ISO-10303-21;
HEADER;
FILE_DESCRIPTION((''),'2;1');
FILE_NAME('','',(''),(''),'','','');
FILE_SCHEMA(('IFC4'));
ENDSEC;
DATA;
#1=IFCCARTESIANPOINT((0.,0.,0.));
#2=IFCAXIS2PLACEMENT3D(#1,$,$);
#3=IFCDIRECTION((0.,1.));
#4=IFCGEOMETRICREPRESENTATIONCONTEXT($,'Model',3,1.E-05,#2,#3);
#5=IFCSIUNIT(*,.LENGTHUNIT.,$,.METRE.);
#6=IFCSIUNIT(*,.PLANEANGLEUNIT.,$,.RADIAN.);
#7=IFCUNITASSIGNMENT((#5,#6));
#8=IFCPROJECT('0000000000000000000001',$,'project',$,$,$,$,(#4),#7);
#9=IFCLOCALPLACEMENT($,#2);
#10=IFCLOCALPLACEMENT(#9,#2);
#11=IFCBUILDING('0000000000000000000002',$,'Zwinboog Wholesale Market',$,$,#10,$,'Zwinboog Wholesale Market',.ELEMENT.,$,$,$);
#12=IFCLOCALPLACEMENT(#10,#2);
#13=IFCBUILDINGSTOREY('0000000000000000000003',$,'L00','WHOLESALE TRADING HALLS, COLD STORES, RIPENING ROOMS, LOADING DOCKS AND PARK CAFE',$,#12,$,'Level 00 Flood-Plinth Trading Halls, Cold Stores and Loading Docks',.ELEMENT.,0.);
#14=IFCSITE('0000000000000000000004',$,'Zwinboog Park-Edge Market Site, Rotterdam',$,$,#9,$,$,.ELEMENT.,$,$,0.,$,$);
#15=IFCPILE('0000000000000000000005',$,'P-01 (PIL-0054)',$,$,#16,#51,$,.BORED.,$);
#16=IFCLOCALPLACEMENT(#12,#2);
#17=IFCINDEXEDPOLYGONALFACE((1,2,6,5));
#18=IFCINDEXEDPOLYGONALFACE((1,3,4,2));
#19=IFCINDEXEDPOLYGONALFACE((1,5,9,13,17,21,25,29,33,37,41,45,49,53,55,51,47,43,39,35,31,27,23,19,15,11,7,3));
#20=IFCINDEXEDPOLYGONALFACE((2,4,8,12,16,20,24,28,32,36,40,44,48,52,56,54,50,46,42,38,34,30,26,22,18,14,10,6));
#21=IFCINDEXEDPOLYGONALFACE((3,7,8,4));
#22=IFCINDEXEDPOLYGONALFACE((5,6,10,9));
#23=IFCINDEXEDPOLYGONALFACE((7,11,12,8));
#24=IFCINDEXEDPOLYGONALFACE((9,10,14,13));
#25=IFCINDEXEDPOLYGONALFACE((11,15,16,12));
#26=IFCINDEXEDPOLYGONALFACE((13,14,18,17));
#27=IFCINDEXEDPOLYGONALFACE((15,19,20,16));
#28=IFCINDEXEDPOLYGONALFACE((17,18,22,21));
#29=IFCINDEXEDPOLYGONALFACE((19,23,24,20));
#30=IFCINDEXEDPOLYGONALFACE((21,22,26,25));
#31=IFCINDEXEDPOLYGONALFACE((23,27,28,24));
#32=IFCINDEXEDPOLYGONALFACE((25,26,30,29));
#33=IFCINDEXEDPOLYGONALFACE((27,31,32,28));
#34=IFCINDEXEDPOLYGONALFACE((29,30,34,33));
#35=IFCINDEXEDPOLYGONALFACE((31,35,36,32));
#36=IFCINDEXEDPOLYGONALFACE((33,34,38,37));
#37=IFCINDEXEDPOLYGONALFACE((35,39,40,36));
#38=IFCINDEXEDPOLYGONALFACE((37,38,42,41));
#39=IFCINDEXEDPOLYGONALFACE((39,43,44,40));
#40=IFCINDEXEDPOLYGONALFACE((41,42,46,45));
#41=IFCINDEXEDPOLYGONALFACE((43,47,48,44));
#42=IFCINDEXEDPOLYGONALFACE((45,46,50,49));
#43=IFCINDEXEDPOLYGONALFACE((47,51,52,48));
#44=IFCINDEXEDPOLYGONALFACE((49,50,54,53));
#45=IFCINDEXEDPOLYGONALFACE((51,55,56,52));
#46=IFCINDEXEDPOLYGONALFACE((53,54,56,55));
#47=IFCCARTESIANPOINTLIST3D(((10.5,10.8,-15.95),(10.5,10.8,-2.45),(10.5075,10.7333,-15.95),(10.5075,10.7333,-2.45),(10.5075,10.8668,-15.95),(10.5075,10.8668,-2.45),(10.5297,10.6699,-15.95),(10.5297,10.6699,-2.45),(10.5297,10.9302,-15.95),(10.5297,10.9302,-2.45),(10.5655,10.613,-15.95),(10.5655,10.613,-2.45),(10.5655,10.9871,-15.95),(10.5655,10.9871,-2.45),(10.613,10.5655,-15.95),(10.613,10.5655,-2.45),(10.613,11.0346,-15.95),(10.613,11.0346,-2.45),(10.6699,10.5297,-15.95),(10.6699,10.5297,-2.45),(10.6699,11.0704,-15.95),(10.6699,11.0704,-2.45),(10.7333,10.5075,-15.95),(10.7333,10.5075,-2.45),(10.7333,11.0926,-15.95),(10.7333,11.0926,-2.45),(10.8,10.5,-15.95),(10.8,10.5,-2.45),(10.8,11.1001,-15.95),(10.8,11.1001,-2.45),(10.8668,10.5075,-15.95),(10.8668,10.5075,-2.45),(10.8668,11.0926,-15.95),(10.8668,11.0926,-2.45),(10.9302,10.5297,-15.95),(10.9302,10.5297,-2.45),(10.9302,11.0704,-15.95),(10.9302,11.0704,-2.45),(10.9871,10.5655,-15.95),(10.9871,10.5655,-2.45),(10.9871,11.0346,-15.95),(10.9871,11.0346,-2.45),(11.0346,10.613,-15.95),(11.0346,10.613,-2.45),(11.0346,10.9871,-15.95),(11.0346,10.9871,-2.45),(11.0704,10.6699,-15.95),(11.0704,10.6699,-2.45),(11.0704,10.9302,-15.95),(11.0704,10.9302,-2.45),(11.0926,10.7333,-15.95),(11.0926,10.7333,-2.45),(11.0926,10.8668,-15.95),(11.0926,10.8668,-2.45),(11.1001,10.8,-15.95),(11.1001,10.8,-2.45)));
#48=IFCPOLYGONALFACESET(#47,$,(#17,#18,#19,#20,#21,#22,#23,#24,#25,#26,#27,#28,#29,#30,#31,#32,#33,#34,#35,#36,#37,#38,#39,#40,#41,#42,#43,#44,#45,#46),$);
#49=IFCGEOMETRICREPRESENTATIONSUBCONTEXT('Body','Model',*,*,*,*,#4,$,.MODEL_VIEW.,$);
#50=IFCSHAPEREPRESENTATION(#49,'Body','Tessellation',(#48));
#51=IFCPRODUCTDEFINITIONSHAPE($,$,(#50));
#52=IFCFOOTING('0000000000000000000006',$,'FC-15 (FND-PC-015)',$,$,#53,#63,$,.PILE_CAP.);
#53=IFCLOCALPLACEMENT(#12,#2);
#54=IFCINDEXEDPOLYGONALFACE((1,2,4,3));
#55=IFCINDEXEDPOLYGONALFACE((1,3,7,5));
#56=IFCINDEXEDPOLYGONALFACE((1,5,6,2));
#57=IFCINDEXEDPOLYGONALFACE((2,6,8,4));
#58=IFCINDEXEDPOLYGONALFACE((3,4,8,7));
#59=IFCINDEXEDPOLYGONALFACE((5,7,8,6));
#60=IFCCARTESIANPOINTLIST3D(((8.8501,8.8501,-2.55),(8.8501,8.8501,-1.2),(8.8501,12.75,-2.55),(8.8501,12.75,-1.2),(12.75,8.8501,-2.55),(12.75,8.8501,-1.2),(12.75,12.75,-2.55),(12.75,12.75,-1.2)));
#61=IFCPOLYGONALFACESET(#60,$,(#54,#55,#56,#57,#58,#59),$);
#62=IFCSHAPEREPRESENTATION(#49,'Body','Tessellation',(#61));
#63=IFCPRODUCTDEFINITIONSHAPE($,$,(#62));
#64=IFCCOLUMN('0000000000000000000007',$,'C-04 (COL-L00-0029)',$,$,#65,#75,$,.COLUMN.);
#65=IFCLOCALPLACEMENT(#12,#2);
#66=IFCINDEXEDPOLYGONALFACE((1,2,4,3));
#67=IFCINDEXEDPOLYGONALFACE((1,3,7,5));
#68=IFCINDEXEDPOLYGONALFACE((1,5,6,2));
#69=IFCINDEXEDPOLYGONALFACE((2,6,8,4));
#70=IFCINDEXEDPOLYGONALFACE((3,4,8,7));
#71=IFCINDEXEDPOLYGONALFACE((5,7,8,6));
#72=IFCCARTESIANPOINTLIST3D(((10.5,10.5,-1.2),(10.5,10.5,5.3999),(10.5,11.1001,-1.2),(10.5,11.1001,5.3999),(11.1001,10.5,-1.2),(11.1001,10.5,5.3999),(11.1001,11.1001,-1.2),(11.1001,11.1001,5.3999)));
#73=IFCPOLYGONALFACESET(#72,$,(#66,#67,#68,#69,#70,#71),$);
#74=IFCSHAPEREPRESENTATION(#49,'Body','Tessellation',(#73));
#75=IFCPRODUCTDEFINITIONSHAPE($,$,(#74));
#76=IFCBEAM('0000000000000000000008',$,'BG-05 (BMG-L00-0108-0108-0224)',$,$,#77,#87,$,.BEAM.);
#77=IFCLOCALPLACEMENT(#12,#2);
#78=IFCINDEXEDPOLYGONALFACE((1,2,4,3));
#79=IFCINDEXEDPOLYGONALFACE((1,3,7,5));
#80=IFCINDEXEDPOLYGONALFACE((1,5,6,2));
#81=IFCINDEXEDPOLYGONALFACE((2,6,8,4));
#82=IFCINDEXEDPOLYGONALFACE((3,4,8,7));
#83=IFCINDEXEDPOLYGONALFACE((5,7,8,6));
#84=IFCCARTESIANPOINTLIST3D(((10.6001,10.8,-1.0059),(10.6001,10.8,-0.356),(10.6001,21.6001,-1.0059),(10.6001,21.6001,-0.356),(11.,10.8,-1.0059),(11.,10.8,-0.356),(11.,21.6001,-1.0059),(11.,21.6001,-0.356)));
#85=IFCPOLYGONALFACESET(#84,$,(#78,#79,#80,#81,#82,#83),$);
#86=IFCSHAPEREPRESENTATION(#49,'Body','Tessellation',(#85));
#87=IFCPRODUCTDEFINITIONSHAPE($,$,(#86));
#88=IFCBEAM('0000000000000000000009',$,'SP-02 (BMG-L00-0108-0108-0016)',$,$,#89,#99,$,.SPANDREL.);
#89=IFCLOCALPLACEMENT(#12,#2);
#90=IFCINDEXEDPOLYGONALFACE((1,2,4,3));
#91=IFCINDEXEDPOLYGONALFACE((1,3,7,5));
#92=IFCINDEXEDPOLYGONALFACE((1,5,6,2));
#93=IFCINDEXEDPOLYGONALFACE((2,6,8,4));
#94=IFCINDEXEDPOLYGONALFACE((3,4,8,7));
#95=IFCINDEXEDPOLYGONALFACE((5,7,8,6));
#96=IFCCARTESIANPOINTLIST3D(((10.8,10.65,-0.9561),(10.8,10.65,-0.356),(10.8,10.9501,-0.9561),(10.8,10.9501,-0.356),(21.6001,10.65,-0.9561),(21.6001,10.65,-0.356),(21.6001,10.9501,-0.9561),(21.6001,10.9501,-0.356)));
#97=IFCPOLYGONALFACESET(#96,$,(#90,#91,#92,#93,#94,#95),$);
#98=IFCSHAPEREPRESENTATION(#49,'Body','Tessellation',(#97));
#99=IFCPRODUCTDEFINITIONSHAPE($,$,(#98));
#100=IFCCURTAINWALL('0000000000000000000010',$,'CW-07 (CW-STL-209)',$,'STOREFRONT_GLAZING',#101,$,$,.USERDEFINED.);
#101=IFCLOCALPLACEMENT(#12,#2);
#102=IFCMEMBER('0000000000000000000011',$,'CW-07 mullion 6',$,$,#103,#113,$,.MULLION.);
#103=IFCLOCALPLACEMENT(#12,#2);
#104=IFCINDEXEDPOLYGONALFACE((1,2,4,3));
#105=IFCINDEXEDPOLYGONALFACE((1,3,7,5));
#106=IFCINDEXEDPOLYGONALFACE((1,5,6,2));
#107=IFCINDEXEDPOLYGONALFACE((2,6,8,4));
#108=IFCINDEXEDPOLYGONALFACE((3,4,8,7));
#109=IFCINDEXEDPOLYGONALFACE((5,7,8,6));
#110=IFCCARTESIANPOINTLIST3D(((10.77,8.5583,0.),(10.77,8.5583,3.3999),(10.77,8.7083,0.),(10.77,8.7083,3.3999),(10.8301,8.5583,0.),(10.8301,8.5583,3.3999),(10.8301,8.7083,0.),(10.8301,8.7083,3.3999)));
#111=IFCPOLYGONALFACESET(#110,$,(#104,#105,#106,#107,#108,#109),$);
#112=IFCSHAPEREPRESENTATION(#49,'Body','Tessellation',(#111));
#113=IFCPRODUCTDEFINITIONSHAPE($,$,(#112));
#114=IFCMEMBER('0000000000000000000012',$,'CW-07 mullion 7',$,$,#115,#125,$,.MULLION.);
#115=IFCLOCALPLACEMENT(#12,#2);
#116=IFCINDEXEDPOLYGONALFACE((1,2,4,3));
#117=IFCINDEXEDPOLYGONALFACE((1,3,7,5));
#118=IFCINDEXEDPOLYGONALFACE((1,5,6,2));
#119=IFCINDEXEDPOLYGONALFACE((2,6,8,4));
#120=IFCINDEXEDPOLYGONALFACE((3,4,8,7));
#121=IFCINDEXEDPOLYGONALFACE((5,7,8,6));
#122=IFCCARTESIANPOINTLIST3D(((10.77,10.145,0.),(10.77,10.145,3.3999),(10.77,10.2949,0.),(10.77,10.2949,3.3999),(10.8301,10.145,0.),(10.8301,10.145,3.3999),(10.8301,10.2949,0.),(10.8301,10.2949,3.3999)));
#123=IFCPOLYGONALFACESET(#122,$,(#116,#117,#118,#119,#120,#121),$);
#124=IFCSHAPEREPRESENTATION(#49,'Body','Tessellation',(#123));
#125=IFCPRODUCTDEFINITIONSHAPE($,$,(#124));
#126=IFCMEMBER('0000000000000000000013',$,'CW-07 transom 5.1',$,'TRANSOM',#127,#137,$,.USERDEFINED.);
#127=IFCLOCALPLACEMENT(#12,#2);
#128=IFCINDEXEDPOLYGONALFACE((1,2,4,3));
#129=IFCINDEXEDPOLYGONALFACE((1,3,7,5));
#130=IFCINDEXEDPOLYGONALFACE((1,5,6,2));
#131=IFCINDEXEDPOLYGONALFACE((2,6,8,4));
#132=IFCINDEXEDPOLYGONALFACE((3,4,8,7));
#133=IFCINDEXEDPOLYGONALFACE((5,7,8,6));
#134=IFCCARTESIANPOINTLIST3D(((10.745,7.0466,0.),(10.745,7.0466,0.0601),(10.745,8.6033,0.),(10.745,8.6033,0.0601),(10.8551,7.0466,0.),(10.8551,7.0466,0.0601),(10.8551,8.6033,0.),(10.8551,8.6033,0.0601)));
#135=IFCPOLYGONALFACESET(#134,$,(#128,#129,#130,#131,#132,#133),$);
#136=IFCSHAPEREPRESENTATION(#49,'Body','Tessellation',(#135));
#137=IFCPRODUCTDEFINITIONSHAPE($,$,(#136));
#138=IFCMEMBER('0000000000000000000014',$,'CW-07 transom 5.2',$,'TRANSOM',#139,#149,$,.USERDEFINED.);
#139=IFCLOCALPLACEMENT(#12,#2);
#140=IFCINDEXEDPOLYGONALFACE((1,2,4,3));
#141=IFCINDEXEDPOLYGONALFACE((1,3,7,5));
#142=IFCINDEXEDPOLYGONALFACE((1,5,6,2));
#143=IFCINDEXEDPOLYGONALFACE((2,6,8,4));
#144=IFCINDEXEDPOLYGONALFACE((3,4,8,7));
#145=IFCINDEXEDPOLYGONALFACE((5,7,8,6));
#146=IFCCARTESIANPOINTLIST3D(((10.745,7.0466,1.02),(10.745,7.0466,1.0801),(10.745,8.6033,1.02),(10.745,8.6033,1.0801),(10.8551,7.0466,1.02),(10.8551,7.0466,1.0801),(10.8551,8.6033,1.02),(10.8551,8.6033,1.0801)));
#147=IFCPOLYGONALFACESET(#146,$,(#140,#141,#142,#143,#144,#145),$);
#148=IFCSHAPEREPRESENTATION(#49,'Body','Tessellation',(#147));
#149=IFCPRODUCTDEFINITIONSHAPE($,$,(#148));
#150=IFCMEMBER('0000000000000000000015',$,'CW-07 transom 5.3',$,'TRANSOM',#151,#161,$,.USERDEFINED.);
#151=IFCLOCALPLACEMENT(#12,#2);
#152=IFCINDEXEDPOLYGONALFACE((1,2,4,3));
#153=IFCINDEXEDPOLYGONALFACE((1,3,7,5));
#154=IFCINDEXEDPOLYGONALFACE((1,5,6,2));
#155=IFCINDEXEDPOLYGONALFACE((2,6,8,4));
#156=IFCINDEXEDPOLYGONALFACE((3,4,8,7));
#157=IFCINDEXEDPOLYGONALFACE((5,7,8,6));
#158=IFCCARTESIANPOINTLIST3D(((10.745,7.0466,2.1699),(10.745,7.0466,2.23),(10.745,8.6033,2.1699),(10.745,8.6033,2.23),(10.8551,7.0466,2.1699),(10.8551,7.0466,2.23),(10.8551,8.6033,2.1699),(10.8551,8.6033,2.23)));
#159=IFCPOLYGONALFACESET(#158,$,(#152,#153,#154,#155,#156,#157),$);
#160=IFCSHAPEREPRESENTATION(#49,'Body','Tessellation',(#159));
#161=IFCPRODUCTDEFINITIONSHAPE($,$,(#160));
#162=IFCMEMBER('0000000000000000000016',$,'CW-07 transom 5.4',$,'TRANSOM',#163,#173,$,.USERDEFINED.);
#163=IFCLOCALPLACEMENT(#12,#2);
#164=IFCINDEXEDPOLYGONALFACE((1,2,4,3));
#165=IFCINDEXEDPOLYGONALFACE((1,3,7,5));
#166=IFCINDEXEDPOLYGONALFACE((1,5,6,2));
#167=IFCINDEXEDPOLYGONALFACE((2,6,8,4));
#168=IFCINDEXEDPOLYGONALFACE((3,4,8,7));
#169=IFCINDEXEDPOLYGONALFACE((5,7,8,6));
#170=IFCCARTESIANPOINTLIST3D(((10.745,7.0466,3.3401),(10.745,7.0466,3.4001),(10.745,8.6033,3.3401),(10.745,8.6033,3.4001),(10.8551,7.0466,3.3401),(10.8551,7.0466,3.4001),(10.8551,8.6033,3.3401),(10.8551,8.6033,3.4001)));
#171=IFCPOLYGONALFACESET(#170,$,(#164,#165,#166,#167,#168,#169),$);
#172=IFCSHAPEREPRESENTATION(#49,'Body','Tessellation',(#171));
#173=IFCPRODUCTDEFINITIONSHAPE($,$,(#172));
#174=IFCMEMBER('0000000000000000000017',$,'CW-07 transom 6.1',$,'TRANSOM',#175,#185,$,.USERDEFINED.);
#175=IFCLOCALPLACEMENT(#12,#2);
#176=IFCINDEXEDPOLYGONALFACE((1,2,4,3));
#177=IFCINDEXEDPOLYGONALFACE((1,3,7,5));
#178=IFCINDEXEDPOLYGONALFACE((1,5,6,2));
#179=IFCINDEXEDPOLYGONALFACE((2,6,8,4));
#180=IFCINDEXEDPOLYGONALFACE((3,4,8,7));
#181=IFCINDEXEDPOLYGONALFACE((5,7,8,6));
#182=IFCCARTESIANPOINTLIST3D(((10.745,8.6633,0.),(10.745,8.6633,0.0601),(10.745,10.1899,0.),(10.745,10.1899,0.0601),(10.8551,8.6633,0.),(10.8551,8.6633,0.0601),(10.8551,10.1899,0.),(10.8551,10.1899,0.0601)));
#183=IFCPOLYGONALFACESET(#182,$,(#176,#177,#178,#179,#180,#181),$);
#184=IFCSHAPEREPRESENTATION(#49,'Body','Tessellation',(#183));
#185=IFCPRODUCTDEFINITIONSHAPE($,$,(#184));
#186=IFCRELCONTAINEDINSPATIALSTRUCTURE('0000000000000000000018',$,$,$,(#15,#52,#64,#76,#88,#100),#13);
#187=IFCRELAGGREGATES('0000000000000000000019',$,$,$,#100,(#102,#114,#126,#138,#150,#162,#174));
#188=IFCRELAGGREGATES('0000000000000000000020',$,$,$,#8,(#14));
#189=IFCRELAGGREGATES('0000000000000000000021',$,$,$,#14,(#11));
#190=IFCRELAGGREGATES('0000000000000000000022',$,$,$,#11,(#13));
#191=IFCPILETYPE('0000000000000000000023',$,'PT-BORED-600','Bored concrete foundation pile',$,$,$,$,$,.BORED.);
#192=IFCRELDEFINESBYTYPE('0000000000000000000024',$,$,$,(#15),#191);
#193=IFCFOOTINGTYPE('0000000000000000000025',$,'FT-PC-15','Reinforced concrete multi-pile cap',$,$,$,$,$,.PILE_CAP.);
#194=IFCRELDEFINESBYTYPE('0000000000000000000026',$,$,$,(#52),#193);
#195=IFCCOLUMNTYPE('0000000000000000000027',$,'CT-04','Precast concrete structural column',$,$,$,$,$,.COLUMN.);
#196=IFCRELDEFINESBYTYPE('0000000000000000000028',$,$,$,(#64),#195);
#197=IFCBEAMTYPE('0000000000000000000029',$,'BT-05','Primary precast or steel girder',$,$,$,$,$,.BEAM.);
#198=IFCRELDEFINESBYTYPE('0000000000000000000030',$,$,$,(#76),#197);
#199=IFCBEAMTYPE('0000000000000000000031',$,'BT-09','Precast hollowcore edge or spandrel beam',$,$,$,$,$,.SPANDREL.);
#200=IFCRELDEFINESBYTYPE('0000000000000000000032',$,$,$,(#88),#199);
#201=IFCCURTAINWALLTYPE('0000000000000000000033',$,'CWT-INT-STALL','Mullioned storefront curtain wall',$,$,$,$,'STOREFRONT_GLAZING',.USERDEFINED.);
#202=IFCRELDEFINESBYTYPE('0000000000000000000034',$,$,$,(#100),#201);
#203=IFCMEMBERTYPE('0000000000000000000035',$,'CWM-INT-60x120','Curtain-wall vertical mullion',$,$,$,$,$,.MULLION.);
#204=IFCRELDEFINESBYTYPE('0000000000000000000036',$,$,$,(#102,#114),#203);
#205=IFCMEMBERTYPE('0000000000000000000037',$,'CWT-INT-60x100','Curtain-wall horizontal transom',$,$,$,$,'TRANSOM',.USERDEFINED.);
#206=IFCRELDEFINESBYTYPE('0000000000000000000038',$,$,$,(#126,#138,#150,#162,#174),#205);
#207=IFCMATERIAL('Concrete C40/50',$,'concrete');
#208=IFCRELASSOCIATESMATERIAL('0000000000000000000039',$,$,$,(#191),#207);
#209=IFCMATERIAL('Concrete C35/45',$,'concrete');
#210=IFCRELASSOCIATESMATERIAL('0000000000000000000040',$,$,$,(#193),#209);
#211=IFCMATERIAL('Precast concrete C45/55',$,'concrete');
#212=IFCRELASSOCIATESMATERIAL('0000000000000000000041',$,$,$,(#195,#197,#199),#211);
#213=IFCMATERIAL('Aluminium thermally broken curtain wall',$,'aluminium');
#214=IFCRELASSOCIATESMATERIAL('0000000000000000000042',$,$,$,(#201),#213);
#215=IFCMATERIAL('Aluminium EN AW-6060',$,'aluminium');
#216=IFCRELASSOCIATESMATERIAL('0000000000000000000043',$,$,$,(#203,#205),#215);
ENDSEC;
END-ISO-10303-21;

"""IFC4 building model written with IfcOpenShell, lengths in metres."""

from ifc_helpers import new_model, si_unit, direction, frame, origin, origin_2d, place, context, subcontext, project, spatial, rectangle, circle, extrude, material, material_profile, profile_set, type_object, element, aggregate, save


model = new_model("IFC4")

# Units and contexts
model_context = context("Model", 3, precision=1e-05, world=origin(), true_north=direction((0.0, 1.0)))
body_context = subcontext(model_context, "Body", "Model", "MODEL_VIEW")
ifc_project = project(units=[si_unit("LENGTHUNIT", "METRE"), si_unit("PLANEANGLEUNIT", "RADIAN")], contexts=[model_context])

# Site, building, storey
site_placement = place(None, origin())
site = spatial("IfcSite", under=ifc_project, at=site_placement, Name="Zwinboog Park-Edge Market Site, Rotterdam", CompositionType="ELEMENT", RefElevation=0.0)
building_placement = place(site_placement, origin())
building = spatial("IfcBuilding", under=site, at=building_placement, Name="Zwinboog Wholesale Market", LongName="Zwinboog Wholesale Market", CompositionType="ELEMENT")
storey_placement = place(building_placement, origin())
storey = spatial("IfcBuildingStorey", under=building, at=storey_placement, Name="L00", Description="WHOLESALE TRADING HALLS, COLD STORES, RIPENING ROOMS, LOADING DOCKS AND PARK CAFE", LongName="Level 00 Flood-Plinth Trading Halls, Cold Stores and Loading Docks", CompositionType="ELEMENT", Elevation=0.0)

# Pile
ifc_material_1 = material(Name="Concrete C40/50", Category="concrete")
ifc_material_profile_1 = material_profile(ifc_material_1, circle(Radius=0.3, at=origin_2d()), Name="PILE D600")
ifc_profile_set_1 = profile_set([ifc_material_profile_1], Name="Concrete C40/50")
pile_type = type_object("IfcPileType", Name="PT-BORED-600", Description="Bored concrete foundation pile", PredefinedType="BORED", material=ifc_profile_set_1)
pile_placement = place(storey_placement, frame((10.8, 10.8, -2.45), z_axis=(0.0, 0.0, -1.0), x_axis=(1.0, 0.0, 0.0)))
element("IfcPile", 1, at=pile_placement, inside=storey, type_object=pile_type, Name="P-01 (PIL-0054)", PredefinedType="BORED", context=body_context, shape_type="SweptSolid", body=[
    extrude(circle(Radius=0.3, at=origin_2d()), origin(), (0.0, 0.0, 1.0), 13.5),
])

# Footing
ifc_material_2 = material(Name="Concrete C35/45", Category="concrete")
footing_type = type_object("IfcFootingType", Name="FT-PC-15", Description="Reinforced concrete multi-pile cap", PredefinedType="PILE_CAP", material=ifc_material_2)
footing_placement = place(storey_placement, frame((10.8, 10.8, -2.55), z_axis=(0.0, 0.0, 1.0), x_axis=(1.0, 0.0, 0.0)))
element("IfcFooting", 2, at=footing_placement, inside=storey, type_object=footing_type, Name="FC-15 (FND-PC-015)", PredefinedType="PILE_CAP", context=body_context, shape_type="SweptSolid", body=[
    extrude(rectangle(XDim=3.8999, YDim=3.8999, at=origin_2d()), origin(), (0.0, 0.0, 1.0), 1.3501),
])

# Column
ifc_material_3 = material(Name="Precast concrete C45/55", Category="concrete")
ifc_material_profile_2 = material_profile(ifc_material_3, rectangle(XDim=0.6001, YDim=0.6001, at=origin_2d()), Name="PC 600x600")
ifc_profile_set_2 = profile_set([ifc_material_profile_2], Name="Precast concrete C45/55")
column_type = type_object("IfcColumnType", Name="CT-04", Description="Precast concrete structural column", PredefinedType="COLUMN", material=ifc_profile_set_2)
column_placement = place(storey_placement, frame((10.8, 10.8, -1.2), z_axis=(0.0, 0.0, 1.0), x_axis=(1.0, 0.0, 0.0)))
element("IfcColumn", 3, at=column_placement, inside=storey, type_object=column_type, Name="C-04 (COL-L00-0029)", PredefinedType="COLUMN", context=body_context, shape_type="SweptSolid", body=[
    extrude(rectangle(XDim=0.6001, YDim=0.6001, at=origin_2d()), origin(), (0.0, 0.0, 1.0), 6.5999),
])

# Beams
ifc_material_profile_3 = material_profile(ifc_material_3, rectangle(XDim=0.3999, YDim=0.6499, at=origin_2d()), Name="PC 400x650")
ifc_profile_set_3 = profile_set([ifc_material_profile_3], Name="Precast concrete C45/55")
beam_type_1 = type_object("IfcBeamType", Name="BT-05", Description="Primary precast or steel girder", PredefinedType="BEAM", material=ifc_profile_set_3)
beam_1_placement = place(storey_placement, frame((10.8, 10.8, -0.6809), z_axis=(0.0, 1.0, 0.0), x_axis=(-1.0, 0.0, 0.0)))
element("IfcBeam", 4, at=beam_1_placement, inside=storey, type_object=beam_type_1, Name="BG-05 (BMG-L00-0108-0108-0224)", PredefinedType="BEAM", context=body_context, shape_type="SweptSolid", body=[
    extrude(rectangle(XDim=0.3999, YDim=0.6499, at=origin_2d()), origin(), (0.0, 0.0, 1.0), 10.8),
])
ifc_material_profile_4 = material_profile(ifc_material_3, rectangle(XDim=0.3, YDim=0.6001, at=origin_2d()), Name="PC 300x600")
ifc_profile_set_4 = profile_set([ifc_material_profile_4], Name="Precast concrete C45/55")
beam_type_2 = type_object("IfcBeamType", Name="BT-09", Description="Precast hollowcore edge or spandrel beam", PredefinedType="SPANDREL", material=ifc_profile_set_4)
beam_2_placement = place(storey_placement, frame((10.8, 10.8, -0.656), z_axis=(1.0, 0.0, 0.0), x_axis=(0.0, 1.0, 0.0)))
element("IfcBeam", 5, at=beam_2_placement, inside=storey, type_object=beam_type_2, Name="SP-02 (BMG-L00-0108-0108-0016)", PredefinedType="SPANDREL", context=body_context, shape_type="SweptSolid", body=[
    extrude(rectangle(XDim=0.3, YDim=0.6001, at=origin_2d()), origin(), (0.0, 0.0, 1.0), 10.8),
])

# Curtain wall, members
ifc_material_4 = material(Name="Aluminium thermally broken curtain wall", Category="aluminium")
curtain_wall_type = type_object("IfcCurtainWallType", Name="CWT-INT-STALL", Description="Mullioned storefront curtain wall", ElementType="STOREFRONT_GLAZING", PredefinedType="USERDEFINED", material=ifc_material_4)
curtain_wall_placement = place(storey_placement, origin())
curtain_wall = element("IfcCurtainWall", 6, at=curtain_wall_placement, inside=storey, type_object=curtain_wall_type, Name="CW-07 (CW-STL-209)", ObjectType="STOREFRONT_GLAZING", PredefinedType="USERDEFINED")
ifc_material_5 = material(Name="Aluminium EN AW-6060", Category="aluminium")
ifc_material_profile_5 = material_profile(ifc_material_5, rectangle(XDim=0.0601, YDim=0.1499, at=origin_2d()), Name="AL 60x150")
ifc_profile_set_5 = profile_set([ifc_material_profile_5], Name="Aluminium EN AW-6060")
member_type_1 = type_object("IfcMemberType", Name="CWM-INT-60x120", Description="Curtain-wall vertical mullion", PredefinedType="MULLION", material=ifc_profile_set_5)
member_1_placement = place(storey_placement, frame((10.8, 8.6333, 0.0), z_axis=(0.0, 0.0, 1.0), x_axis=(-1.0, 0.0, 0.0)))
member_1 = element("IfcMember", 7, at=member_1_placement, type_object=member_type_1, Name="CW-07 mullion 6", PredefinedType="MULLION", context=body_context, shape_type="SweptSolid", body=[
    extrude(rectangle(XDim=0.0601, YDim=0.1499, at=origin_2d()), origin(), (0.0, 0.0, 1.0), 3.3999),
])
member_2_placement = place(storey_placement, frame((10.8, 10.22, 0.0), z_axis=(0.0, 0.0, 1.0), x_axis=(-1.0, 0.0, 0.0)))
member_2 = element("IfcMember", 8, at=member_2_placement, type_object=member_type_1, Name="CW-07 mullion 7", PredefinedType="MULLION", context=body_context, shape_type="SweptSolid", body=[
    extrude(rectangle(XDim=0.0601, YDim=0.1499, at=origin_2d()), origin(), (0.0, 0.0, 1.0), 3.3999),
])
ifc_material_profile_6 = material_profile(ifc_material_5, rectangle(XDim=0.1101, YDim=0.0601, at=origin_2d()), Name="AL 60x110")
ifc_profile_set_6 = profile_set([ifc_material_profile_6], Name="Aluminium EN AW-6060")
member_type_2 = type_object("IfcMemberType", Name="CWT-INT-60x100", Description="Curtain-wall horizontal transom", ElementType="TRANSOM", PredefinedType="USERDEFINED", material=ifc_profile_set_6)
member_3_placement = place(storey_placement, frame((10.8, 7.0466, 0.03), z_axis=(0.0, 1.0, 0.0), x_axis=(-1.0, 0.0, 0.0)))
member_3 = element("IfcMember", 9, at=member_3_placement, type_object=member_type_2, Name="CW-07 transom 5.1", ObjectType="TRANSOM", PredefinedType="USERDEFINED", context=body_context, shape_type="SweptSolid", body=[
    extrude(rectangle(XDim=0.1101, YDim=0.0601, at=origin_2d()), origin(), (0.0, 0.0, 1.0), 1.5566),
])
member_4_placement = place(storey_placement, frame((10.8, 7.0466, 1.05), z_axis=(0.0, 1.0, 0.0), x_axis=(-1.0, 0.0, 0.0)))
member_4 = element("IfcMember", 10, at=member_4_placement, type_object=member_type_2, Name="CW-07 transom 5.2", ObjectType="TRANSOM", PredefinedType="USERDEFINED", context=body_context, shape_type="SweptSolid", body=[
    extrude(rectangle(XDim=0.1101, YDim=0.0601, at=origin_2d()), origin(), (0.0, 0.0, 1.0), 1.5566),
])
member_5_placement = place(storey_placement, frame((10.8, 7.0466, 2.2), z_axis=(0.0, 1.0, 0.0), x_axis=(-1.0, 0.0, 0.0)))
member_5 = element("IfcMember", 11, at=member_5_placement, type_object=member_type_2, Name="CW-07 transom 5.3", ObjectType="TRANSOM", PredefinedType="USERDEFINED", context=body_context, shape_type="SweptSolid", body=[
    extrude(rectangle(XDim=0.1101, YDim=0.0601, at=origin_2d()), origin(), (0.0, 0.0, 1.0), 1.5566),
])
member_6_placement = place(storey_placement, frame((10.8, 7.0466, 3.3701), z_axis=(0.0, 1.0, 0.0), x_axis=(-1.0, 0.0, 0.0)))
member_6 = element("IfcMember", 12, at=member_6_placement, type_object=member_type_2, Name="CW-07 transom 5.4", ObjectType="TRANSOM", PredefinedType="USERDEFINED", context=body_context, shape_type="SweptSolid", body=[
    extrude(rectangle(XDim=0.1101, YDim=0.0601, at=origin_2d()), origin(), (0.0, 0.0, 1.0), 1.5566),
])
member_7_placement = place(storey_placement, frame((10.8, 8.6633, 0.03), z_axis=(0.0, 1.0, 0.0), x_axis=(-1.0, 0.0, 0.0)))
member_7 = element("IfcMember", 13, at=member_7_placement, type_object=member_type_2, Name="CW-07 transom 6.1", ObjectType="TRANSOM", PredefinedType="USERDEFINED", context=body_context, shape_type="SweptSolid", body=[
    extrude(rectangle(XDim=0.1101, YDim=0.0601, at=origin_2d()), origin(), (0.0, 0.0, 1.0), 1.5266),
])
aggregate(curtain_wall, [member_1, member_2, member_3, member_4, member_5, member_6, member_7])

save(model, "model.ifc")
